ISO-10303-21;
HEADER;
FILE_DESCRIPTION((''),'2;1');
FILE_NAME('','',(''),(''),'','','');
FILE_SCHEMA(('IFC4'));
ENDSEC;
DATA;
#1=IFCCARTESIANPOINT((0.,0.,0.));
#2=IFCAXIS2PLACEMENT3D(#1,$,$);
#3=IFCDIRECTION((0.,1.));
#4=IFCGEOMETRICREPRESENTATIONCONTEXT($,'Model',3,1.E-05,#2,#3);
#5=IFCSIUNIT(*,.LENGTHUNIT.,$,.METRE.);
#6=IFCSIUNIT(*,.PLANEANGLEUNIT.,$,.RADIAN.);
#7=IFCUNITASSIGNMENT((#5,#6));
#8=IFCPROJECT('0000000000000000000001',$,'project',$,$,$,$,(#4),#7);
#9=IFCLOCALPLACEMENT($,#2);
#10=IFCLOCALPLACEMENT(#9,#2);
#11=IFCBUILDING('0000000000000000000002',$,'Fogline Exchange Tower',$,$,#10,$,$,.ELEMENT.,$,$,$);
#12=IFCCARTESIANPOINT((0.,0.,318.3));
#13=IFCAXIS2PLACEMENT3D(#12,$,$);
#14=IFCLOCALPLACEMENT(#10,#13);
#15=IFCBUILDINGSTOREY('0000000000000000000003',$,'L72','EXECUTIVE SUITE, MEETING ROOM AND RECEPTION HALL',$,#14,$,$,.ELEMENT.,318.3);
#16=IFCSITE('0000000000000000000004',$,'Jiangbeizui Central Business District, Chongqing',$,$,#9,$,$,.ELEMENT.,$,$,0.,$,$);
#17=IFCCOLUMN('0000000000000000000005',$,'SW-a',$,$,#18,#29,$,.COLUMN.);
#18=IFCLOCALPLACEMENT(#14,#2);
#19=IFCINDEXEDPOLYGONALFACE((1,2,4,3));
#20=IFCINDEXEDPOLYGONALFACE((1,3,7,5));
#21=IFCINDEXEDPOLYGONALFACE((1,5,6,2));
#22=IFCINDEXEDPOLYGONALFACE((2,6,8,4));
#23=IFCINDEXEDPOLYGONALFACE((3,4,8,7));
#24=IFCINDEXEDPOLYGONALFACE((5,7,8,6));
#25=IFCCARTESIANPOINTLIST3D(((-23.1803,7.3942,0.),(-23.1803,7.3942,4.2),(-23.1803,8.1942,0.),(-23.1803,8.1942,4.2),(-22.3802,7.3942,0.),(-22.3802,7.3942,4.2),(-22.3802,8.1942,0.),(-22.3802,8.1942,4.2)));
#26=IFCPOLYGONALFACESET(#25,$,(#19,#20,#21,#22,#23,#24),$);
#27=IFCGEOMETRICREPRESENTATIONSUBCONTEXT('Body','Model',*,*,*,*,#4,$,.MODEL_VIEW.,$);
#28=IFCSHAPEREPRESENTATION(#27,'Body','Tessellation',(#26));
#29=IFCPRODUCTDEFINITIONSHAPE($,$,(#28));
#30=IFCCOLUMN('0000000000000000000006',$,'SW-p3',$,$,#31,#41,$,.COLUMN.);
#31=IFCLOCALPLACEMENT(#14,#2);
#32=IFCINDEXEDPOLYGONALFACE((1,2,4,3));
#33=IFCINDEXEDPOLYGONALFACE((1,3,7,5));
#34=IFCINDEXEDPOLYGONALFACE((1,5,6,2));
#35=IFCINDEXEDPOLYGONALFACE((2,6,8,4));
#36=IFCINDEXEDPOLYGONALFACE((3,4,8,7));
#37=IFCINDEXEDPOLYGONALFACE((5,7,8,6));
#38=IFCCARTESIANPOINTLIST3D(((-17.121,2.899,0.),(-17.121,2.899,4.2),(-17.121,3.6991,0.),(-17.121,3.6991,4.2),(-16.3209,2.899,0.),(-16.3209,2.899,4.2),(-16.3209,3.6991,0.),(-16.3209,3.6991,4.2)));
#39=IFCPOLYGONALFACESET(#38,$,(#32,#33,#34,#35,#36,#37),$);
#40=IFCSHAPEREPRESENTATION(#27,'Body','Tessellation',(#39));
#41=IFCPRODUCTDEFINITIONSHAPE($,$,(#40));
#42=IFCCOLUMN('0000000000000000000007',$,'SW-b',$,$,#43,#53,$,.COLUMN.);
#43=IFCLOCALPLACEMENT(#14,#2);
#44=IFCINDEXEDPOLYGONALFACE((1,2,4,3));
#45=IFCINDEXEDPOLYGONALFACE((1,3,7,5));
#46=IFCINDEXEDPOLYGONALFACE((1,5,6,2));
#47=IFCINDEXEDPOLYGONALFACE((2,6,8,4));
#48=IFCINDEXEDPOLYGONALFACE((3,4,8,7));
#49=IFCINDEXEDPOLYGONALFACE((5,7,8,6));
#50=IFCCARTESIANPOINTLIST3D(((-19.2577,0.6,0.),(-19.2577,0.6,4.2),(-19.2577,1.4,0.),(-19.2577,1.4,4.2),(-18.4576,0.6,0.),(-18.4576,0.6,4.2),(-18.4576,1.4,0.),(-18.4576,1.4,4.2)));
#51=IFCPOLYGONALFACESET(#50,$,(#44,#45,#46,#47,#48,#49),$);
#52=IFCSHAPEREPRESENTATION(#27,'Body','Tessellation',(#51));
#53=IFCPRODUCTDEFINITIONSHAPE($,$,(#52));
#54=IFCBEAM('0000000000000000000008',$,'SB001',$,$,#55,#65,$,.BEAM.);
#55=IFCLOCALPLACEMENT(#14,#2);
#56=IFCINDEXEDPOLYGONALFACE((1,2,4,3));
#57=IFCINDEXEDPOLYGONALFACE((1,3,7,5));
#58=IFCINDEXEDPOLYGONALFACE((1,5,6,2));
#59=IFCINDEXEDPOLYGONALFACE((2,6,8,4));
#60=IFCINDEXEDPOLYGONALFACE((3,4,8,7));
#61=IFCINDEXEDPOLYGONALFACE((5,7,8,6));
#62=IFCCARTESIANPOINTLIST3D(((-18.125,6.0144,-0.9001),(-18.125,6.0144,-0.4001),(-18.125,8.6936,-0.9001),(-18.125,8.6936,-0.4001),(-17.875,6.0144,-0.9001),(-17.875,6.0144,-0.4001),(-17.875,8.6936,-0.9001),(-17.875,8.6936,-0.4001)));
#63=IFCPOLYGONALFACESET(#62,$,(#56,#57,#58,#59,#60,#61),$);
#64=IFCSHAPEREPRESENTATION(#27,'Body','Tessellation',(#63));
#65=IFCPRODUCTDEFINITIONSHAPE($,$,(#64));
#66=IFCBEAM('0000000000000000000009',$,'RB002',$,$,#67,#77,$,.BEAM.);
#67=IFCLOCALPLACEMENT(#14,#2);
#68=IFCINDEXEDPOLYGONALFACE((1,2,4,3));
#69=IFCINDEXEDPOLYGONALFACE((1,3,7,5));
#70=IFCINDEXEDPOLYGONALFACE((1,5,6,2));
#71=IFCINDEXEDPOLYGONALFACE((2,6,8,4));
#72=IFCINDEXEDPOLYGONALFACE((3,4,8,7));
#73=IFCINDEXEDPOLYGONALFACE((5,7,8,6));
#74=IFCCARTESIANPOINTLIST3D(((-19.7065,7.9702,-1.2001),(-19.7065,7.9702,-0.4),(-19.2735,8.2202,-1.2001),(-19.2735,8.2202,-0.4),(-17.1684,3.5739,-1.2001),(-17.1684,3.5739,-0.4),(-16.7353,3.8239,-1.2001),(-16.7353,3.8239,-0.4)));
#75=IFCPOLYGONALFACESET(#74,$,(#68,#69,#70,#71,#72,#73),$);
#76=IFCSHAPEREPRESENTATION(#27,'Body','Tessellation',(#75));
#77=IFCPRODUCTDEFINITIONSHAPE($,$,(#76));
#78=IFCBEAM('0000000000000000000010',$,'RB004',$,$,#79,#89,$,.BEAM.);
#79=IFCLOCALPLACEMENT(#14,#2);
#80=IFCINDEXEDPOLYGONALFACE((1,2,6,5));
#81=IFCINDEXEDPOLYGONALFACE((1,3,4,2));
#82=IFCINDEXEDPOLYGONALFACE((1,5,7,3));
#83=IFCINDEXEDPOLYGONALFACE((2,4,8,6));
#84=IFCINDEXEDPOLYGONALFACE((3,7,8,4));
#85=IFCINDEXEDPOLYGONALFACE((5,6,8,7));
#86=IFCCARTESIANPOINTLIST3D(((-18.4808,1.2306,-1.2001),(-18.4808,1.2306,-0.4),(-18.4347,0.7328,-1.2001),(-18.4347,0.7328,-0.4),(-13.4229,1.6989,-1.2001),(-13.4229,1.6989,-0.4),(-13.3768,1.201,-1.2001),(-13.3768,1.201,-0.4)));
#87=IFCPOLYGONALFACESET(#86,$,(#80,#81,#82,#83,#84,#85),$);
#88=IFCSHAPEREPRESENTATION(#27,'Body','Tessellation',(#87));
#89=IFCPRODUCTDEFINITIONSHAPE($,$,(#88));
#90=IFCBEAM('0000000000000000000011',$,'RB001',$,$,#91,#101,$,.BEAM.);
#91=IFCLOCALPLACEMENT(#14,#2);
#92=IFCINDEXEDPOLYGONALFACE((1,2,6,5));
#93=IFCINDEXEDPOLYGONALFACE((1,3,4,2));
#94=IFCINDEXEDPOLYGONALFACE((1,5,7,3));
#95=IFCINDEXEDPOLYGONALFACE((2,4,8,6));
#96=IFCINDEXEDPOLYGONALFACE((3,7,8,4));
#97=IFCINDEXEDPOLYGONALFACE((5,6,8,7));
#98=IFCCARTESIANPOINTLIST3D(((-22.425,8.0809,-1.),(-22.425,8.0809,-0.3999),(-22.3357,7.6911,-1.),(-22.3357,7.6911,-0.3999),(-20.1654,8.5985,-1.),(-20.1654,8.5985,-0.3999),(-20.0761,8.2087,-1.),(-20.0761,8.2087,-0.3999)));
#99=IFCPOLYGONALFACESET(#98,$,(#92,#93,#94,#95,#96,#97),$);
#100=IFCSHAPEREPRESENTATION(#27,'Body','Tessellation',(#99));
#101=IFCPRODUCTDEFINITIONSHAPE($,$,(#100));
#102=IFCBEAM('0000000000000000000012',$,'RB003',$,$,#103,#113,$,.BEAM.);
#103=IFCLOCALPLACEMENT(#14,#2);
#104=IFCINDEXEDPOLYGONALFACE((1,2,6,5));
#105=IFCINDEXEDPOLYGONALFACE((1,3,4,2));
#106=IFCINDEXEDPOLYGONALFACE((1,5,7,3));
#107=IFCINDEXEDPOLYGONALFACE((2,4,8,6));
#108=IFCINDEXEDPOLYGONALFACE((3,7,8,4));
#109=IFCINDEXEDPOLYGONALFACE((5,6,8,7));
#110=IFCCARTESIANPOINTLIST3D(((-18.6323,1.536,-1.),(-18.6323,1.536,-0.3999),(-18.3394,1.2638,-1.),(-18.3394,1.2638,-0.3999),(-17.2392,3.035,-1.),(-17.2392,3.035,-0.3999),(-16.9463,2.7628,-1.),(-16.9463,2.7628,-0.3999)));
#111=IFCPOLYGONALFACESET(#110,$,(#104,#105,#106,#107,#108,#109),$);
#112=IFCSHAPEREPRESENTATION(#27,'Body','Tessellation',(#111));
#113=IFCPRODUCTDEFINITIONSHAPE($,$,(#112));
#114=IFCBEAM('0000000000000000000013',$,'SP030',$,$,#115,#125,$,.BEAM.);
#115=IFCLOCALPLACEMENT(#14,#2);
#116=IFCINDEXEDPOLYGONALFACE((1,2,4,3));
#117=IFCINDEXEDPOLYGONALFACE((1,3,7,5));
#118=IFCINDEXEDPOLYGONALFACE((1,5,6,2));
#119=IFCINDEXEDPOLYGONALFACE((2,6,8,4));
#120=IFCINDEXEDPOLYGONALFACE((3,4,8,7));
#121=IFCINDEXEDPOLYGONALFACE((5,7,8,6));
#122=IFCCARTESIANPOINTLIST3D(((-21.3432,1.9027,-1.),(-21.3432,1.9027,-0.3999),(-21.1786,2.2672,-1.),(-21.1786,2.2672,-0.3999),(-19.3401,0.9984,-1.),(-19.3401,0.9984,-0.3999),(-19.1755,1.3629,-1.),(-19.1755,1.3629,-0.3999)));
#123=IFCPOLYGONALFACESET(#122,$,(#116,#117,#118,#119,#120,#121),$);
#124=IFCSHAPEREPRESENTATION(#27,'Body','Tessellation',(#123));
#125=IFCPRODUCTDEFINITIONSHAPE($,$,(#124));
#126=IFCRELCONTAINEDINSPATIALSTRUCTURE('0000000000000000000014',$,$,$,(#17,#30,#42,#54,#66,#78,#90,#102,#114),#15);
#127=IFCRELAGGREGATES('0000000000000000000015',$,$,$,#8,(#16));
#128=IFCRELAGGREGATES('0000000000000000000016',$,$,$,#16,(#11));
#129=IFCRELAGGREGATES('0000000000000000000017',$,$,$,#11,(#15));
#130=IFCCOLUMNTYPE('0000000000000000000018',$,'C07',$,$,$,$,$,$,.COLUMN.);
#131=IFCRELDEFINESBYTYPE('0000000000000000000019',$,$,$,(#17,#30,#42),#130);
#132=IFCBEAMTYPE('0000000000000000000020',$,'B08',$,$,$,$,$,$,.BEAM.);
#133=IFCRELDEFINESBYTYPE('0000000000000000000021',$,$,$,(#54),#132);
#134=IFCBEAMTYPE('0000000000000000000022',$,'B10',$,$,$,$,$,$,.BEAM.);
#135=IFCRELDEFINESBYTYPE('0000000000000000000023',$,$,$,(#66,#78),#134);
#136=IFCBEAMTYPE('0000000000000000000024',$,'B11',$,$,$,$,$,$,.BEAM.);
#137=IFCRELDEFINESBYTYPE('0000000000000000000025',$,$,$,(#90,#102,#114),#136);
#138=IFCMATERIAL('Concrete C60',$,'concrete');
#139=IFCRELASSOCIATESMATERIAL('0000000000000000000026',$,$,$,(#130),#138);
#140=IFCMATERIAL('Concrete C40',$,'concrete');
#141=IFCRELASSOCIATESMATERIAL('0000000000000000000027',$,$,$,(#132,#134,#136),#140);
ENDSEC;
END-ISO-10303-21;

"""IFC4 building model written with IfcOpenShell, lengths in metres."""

from ifc_helpers import new_model, si_unit, direction, frame, origin, origin_2d, place, context, subcontext, project, spatial, rectangle, extrude, material, material_profile, profile_set, type_object, element, save


model = new_model("IFC4")

# Units and contexts
model_context = context("Model", 3, precision=1e-05, world=origin(), true_north=direction((0.0, 1.0)))
body_context = subcontext(model_context, "Body", "Model", "MODEL_VIEW")
ifc_project = project(units=[si_unit("LENGTHUNIT", "METRE"), si_unit("PLANEANGLEUNIT", "RADIAN")], contexts=[model_context])

# Site, building, storey
site_placement = place(None, origin())
site = spatial("IfcSite", under=ifc_project, at=site_placement, Name="Jiangbeizui Central Business District, Chongqing", CompositionType="ELEMENT", RefElevation=0.0)
building_placement = place(site_placement, origin())
building = spatial("IfcBuilding", under=site, at=building_placement, Name="Fogline Exchange Tower", CompositionType="ELEMENT")
storey_placement = place(building_placement, frame((0.0, 0.0, 318.3)))
storey = spatial("IfcBuildingStorey", under=building, at=storey_placement, Name="L72", Description="EXECUTIVE SUITE, MEETING ROOM AND RECEPTION HALL", CompositionType="ELEMENT", Elevation=318.3)

# Columns
ifc_material_1 = material(Name="Concrete C60", Category="concrete")
ifc_material_profile_1 = material_profile(ifc_material_1, rectangle(XDim=0.8, YDim=0.8, at=origin_2d()), Name="RC 800x800")
ifc_profile_set_1 = profile_set([ifc_material_profile_1], Name="Concrete C60")
column_type = type_object("IfcColumnType", Name="C07", PredefinedType="COLUMN", material=ifc_profile_set_1)
for number, where, z_axis, x_axis, name in (
    (1, (-22.7803, 7.7942, 0.0), (0.0, 0.0, 1.0), (1.0, 0.0, 0.0), "SW-a"),
    (2, (-16.7209, 3.2991, 0.0), (0.0, 0.0, 1.0), (1.0, 0.0, 0.0), "SW-p3"),
    (3, (-18.8577, 1.0, 0.0), (0.0, 0.0, 1.0), (1.0, 0.0, 0.0), "SW-b"),
):
    element("IfcColumn", number, at=place(storey_placement, frame(where, z_axis=z_axis, x_axis=x_axis)), inside=storey, type_object=column_type, Name=name, PredefinedType="COLUMN", context=body_context, shape_type="SweptSolid", body=[
        extrude(rectangle(XDim=0.8, YDim=0.8, at=origin_2d()), origin(), (0.0, 0.0, 1.0), 4.2),
    ])

# Beams
ifc_material_2 = material(Name="Concrete C40", Category="concrete")
ifc_material_profile_2 = material_profile(ifc_material_2, rectangle(XDim=0.25, YDim=0.5, at=origin_2d()), Name="RC 250x500")
ifc_profile_set_2 = profile_set([ifc_material_profile_2], Name="Concrete C40")
beam_type_1 = type_object("IfcBeamType", Name="B08", PredefinedType="BEAM", material=ifc_profile_set_2)
beam_1_placement = place(storey_placement, frame((-18.0, 6.0144, -0.6501), z_axis=(0.0, 1.0, 0.0), x_axis=(-1.0, 0.0, 0.0)))
element("IfcBeam", 4, at=beam_1_placement, inside=storey, type_object=beam_type_1, Name="SB001", PredefinedType="BEAM", context=body_context, shape_type="SweptSolid", body=[
    extrude(rectangle(XDim=0.25, YDim=0.5, at=origin_2d()), origin(), (0.0, 0.0, 1.0), 2.6792),
])
ifc_material_profile_3 = material_profile(ifc_material_2, rectangle(XDim=0.5, YDim=0.8, at=origin_2d()), Name="RC 500x800")
ifc_profile_set_3 = profile_set([ifc_material_profile_3], Name="Concrete C40")
beam_type_2 = type_object("IfcBeamType", Name="B10", PredefinedType="BEAM", material=ifc_profile_set_3)
beam_2_placement = place(storey_placement, frame((-19.49, 8.0952, -0.8), z_axis=(0.499988, -0.866033, 0.0), x_axis=(0.866033, 0.499988, 0.0)))
element("IfcBeam", 5, at=beam_2_placement, inside=storey, type_object=beam_type_2, Name="RB002", PredefinedType="BEAM", context=body_context, shape_type="SweptSolid", body=[
    extrude(rectangle(XDim=0.5, YDim=0.8, at=origin_2d()), origin(), (0.0, 0.0, 1.0), 5.0764),
])
beam_3_placement = place(storey_placement, frame((-18.4578, 0.9817, -0.8), z_axis=(0.995742, 0.092187, 0.0), x_axis=(-0.092187, 0.995742, 0.0)))
element("IfcBeam", 6, at=beam_3_placement, inside=storey, type_object=beam_type_2, Name="RB004", PredefinedType="BEAM", context=body_context, shape_type="SweptSolid", body=[
    extrude(rectangle(XDim=0.5, YDim=0.8, at=origin_2d()), origin(), (0.0, 0.0, 1.0), 5.0796),
])
ifc_material_profile_4 = material_profile(ifc_material_2, rectangle(XDim=0.3999, YDim=0.6001, at=origin_2d()), Name="RC 400x600")
ifc_profile_set_4 = profile_set([ifc_material_profile_4], Name="Concrete C40")
beam_type_3 = type_object("IfcBeamType", Name="B11", PredefinedType="BEAM", material=ifc_profile_set_4)
beam_4_placement = place(storey_placement, frame((-22.3804, 7.886, -0.7), z_axis=(0.974754, 0.223282, 0.0), x_axis=(-0.223282, 0.974754, 0.0)))
element("IfcBeam", 7, at=beam_4_placement, inside=storey, type_object=beam_type_3, Name="RB001", PredefinedType="BEAM", context=body_context, shape_type="SweptSolid", body=[
    extrude(rectangle(XDim=0.3999, YDim=0.6001, at=origin_2d()), origin(), (0.0, 0.0, 1.0), 2.3181),
])
beam_5_placement = place(storey_placement, frame((-17.0928, 2.8989, -0.7), z_axis=(-0.680744, -0.732521, 0.0), x_axis=(0.732521, -0.680744, 0.0)))
element("IfcBeam", 8, at=beam_5_placement, inside=storey, type_object=beam_type_3, Name="RB003", PredefinedType="BEAM", context=body_context, shape_type="SweptSolid", body=[
    extrude(rectangle(XDim=0.3999, YDim=0.6001, at=origin_2d()), origin(), (0.0, 0.0, 1.0), 2.0464),
])
beam_6_placement = place(storey_placement, frame((-19.2578, 1.1807, -0.7), z_axis=(-0.911432, 0.41145, 0.0), x_axis=(-0.41145, -0.911432, 0.0)))
element("IfcBeam", 9, at=beam_6_placement, inside=storey, type_object=beam_type_3, Name="SP030", PredefinedType="BEAM", context=body_context, shape_type="SweptSolid", body=[
    extrude(rectangle(XDim=0.3999, YDim=0.6001, at=origin_2d()), origin(), (0.0, 0.0, 1.0), 2.1978),
])

save(model, "model.ifc")
